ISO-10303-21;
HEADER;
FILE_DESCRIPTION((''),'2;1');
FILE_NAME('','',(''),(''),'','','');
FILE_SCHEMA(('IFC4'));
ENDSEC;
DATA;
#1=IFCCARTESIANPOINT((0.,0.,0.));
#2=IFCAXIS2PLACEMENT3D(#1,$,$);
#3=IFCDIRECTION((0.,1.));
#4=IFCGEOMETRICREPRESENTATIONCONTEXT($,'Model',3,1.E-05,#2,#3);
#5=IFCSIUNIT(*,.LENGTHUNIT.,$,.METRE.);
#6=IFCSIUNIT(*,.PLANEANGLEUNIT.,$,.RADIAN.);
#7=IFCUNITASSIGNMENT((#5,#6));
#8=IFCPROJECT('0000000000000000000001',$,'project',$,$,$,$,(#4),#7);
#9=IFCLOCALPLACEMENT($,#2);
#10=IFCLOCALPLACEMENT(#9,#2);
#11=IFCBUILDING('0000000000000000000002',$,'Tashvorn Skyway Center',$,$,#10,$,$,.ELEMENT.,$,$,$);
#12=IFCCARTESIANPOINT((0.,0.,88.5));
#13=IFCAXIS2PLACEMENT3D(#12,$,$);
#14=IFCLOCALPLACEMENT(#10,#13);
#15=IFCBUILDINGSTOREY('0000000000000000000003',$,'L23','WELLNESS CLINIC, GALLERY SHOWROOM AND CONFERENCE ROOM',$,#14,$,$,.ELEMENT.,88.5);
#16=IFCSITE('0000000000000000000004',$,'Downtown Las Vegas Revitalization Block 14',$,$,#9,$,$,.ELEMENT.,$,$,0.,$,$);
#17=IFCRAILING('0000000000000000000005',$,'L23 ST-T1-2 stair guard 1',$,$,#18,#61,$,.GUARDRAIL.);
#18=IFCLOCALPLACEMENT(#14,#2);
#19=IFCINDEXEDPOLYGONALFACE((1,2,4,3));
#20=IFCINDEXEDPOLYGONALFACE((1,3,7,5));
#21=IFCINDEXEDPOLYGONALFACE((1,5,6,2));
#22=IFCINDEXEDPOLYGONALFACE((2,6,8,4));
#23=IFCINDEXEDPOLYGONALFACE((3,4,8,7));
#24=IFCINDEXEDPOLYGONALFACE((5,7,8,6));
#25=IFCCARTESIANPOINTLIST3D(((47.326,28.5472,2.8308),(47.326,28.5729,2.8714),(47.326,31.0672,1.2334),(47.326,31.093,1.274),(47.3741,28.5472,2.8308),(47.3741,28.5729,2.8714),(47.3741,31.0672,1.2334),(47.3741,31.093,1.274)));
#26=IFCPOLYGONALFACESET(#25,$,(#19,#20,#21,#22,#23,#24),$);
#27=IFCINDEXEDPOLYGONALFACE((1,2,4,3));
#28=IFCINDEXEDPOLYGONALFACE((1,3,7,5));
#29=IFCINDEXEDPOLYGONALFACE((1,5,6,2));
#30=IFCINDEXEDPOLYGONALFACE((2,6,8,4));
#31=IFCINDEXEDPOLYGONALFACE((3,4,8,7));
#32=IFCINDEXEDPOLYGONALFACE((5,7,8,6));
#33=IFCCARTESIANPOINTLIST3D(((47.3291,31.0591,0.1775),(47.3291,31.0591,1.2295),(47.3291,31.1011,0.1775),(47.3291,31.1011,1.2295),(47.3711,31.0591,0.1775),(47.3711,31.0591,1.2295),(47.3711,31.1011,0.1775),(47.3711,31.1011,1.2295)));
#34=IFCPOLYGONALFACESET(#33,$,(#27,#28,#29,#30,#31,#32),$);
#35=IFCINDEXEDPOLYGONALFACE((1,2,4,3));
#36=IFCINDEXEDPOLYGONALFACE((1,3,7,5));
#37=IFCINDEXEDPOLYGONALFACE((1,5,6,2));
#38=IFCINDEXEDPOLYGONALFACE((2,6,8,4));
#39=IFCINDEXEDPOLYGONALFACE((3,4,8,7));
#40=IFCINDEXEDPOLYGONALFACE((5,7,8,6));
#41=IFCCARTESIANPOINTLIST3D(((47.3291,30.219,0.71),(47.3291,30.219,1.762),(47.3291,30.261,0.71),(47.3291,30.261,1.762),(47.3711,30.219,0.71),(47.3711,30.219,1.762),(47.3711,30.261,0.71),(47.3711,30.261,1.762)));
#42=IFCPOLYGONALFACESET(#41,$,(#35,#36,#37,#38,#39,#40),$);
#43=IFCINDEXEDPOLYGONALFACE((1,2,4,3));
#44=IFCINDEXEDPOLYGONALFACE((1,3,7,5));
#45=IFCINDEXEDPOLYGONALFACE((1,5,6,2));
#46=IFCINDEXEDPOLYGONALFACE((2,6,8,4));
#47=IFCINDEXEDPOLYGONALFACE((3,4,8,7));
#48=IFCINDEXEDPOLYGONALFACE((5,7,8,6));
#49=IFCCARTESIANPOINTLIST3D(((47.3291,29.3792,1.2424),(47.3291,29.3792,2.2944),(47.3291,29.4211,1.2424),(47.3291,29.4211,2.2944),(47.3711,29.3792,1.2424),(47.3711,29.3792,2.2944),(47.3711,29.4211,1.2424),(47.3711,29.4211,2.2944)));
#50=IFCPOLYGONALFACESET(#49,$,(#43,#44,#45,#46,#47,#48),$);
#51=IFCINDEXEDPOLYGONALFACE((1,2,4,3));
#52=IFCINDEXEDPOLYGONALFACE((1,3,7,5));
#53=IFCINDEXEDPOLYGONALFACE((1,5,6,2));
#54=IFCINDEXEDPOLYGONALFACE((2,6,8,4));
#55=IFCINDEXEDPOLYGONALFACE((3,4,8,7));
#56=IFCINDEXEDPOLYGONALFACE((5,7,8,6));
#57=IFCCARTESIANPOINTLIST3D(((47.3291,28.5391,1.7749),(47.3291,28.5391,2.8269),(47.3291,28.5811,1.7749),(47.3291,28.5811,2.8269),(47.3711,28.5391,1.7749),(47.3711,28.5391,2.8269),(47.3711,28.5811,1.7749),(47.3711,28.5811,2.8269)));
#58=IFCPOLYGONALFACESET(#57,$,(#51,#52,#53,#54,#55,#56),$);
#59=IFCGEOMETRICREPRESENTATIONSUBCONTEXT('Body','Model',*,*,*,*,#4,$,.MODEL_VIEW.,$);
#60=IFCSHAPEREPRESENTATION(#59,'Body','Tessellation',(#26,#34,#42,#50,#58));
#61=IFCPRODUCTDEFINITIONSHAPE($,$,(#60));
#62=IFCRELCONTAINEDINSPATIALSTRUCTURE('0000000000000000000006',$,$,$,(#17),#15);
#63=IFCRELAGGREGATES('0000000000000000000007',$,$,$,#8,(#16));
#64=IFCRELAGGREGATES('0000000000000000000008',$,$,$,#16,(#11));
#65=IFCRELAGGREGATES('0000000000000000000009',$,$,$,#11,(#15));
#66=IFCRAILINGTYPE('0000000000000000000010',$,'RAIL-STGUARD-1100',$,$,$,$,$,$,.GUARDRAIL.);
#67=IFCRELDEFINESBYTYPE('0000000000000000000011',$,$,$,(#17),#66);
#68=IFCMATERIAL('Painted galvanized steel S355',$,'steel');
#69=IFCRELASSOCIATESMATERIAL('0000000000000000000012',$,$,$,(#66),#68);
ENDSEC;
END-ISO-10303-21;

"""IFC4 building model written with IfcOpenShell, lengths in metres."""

from ifc_helpers import new_model, si_unit, direction, frame, origin, origin_2d, place, context, subcontext, project, spatial, rectangle, extrude, material, type_object, element, save


model = new_model("IFC4")

# Units and contexts
model_context = context("Model", 3, precision=1e-05, world=origin(), true_north=direction((0.0, 1.0)))
body_context = subcontext(model_context, "Body", "Model", "MODEL_VIEW")
ifc_project = project(units=[si_unit("LENGTHUNIT", "METRE"), si_unit("PLANEANGLEUNIT", "RADIAN")], contexts=[model_context])

# Site, building, storey
site_placement = place(None, origin())
site = spatial("IfcSite", under=ifc_project, at=site_placement, Name="Downtown Las Vegas Revitalization Block 14", CompositionType="ELEMENT", RefElevation=0.0)
building_placement = place(site_placement, origin())
building = spatial("IfcBuilding", under=site, at=building_placement, Name="Tashvorn Skyway Center", CompositionType="ELEMENT")
storey_placement = place(building_placement, frame((0.0, 0.0, 88.5)))
storey = spatial("IfcBuildingStorey", under=building, at=storey_placement, Name="L23", Description="WELLNESS CLINIC, GALLERY SHOWROOM AND CONFERENCE ROOM", CompositionType="ELEMENT", Elevation=88.5)

# Railing
ifc_material_1 = material(Name="Painted galvanized steel S355", Category="steel")
railing_type_1 = type_object("IfcRailingType", Name="RAIL-STGUARD-1100", PredefinedType="GUARDRAIL", material=ifc_material_1)
railing_1_placement = place(storey_placement, frame((47.3501, 31.0801, 0.1775)))
element("IfcRailing", 1, at=railing_1_placement, inside=storey, type_object=railing_type_1, Name="L23 ST-T1-2 stair guard 1", PredefinedType="GUARDRAIL", context=body_context, shape_type="SweptSolid", body=[
    extrude(rectangle(XDim=0.0481, YDim=0.0481, at=origin_2d()), frame((0.0, 0.0, 1.0762), z_axis=(0.0, -0.844607, 0.535387), x_axis=(1.0, 0.0, 0.0)), (0.0, 0.0, 1.0), 2.9836),
    extrude(rectangle(XDim=0.042, YDim=0.042, at=origin_2d()), origin(), (0.0, 0.0, 1.0), 1.052),
    extrude(rectangle(XDim=0.042, YDim=0.042, at=origin_2d()), frame((0.0, -0.8401, 0.5325)), (0.0, 0.0, 1.0), 1.052),
    extrude(rectangle(XDim=0.042, YDim=0.042, at=origin_2d()), frame((0.0, -1.6799, 1.0649)), (0.0, 0.0, 1.0), 1.052),
    extrude(rectangle(XDim=0.042, YDim=0.042, at=origin_2d()), frame((0.0, -2.52, 1.5974)), (0.0, 0.0, 1.0), 1.052),
])

save(model, "model.ifc")
